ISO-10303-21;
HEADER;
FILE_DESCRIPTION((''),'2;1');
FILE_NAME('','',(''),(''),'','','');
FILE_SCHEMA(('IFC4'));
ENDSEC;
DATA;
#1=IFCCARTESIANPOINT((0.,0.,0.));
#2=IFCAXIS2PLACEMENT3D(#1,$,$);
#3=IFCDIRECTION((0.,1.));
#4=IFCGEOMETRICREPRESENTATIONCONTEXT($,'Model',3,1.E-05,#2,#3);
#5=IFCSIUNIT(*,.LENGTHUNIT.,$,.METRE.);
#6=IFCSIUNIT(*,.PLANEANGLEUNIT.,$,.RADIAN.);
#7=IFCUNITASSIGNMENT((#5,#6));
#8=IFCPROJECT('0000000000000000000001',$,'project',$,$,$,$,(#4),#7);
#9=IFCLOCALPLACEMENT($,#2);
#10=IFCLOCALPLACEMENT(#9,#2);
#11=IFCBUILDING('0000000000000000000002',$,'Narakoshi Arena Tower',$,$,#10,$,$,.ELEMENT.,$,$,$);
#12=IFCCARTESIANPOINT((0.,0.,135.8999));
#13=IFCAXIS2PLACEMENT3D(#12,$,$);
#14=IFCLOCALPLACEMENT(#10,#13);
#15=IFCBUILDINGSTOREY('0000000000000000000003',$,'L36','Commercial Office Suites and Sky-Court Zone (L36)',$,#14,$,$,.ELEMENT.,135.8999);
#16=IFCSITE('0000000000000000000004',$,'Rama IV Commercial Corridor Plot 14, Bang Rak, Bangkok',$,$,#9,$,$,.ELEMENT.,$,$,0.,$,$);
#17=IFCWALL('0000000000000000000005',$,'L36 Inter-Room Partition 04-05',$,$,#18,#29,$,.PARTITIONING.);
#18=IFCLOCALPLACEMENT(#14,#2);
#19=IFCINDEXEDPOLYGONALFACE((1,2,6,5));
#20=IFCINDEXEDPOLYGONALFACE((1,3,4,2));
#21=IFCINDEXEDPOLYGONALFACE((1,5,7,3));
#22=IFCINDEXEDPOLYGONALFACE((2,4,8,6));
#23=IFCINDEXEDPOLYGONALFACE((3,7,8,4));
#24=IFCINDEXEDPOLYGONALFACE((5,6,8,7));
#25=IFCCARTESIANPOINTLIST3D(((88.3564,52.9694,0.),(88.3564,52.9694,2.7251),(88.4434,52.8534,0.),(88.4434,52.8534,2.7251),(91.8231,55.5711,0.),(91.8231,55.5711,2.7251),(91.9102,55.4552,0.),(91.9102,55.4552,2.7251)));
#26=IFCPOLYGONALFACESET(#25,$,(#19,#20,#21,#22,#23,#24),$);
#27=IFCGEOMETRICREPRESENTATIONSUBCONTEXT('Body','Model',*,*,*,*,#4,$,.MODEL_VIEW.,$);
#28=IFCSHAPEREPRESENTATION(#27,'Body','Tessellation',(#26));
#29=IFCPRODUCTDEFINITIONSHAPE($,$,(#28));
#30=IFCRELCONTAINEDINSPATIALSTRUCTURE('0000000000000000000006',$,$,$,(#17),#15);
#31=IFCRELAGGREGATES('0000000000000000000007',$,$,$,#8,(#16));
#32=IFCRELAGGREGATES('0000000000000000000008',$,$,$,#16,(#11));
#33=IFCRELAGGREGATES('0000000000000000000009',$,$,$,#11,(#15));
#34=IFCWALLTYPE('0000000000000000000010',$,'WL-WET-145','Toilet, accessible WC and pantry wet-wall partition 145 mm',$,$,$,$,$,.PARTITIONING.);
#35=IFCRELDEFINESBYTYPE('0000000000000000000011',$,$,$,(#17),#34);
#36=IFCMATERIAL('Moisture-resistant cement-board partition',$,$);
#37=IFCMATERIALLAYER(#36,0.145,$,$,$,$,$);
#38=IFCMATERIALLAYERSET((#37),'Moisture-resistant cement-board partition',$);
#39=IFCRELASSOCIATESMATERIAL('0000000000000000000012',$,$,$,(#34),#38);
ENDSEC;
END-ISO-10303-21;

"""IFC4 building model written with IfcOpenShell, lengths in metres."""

from ifc_helpers import new_model, si_unit, direction, frame, frame_2d, origin, place, context, subcontext, project, spatial, rectangle, extrude, material, layer, layer_set, type_object, element, save


model = new_model("IFC4")

# Units and contexts
model_context = context("Model", 3, precision=1e-05, world=origin(), true_north=direction((0.0, 1.0)))
body_context = subcontext(model_context, "Body", "Model", "MODEL_VIEW")
ifc_project = project(units=[si_unit("LENGTHUNIT", "METRE"), si_unit("PLANEANGLEUNIT", "RADIAN")], contexts=[model_context])

# Site, building, storey
site_placement = place(None, origin())
site = spatial("IfcSite", under=ifc_project, at=site_placement, Name="Rama IV Commercial Corridor Plot 14, Bang Rak, Bangkok", CompositionType="ELEMENT", RefElevation=0.0)
building_placement = place(site_placement, origin())
building = spatial("IfcBuilding", under=site, at=building_placement, Name="Narakoshi Arena Tower", CompositionType="ELEMENT")
storey_placement = place(building_placement, frame((0.0, 0.0, 135.8999)))
storey = spatial("IfcBuildingStorey", under=building, at=storey_placement, Name="L36", Description="Commercial Office Suites and Sky-Court Zone (L36)", CompositionType="ELEMENT", Elevation=135.8999)

# Wall
ifc_material_1 = material(Name="Moisture-resistant cement-board partition")
ifc_layer_1 = layer(ifc_material_1, 0.145)
ifc_layer_set_1 = layer_set([ifc_layer_1], Name="Moisture-resistant cement-board partition")
wall_type_1 = type_object("IfcWallType", Name="WL-WET-145", Description="Toilet, accessible WC and pantry wet-wall partition 145 mm", PredefinedType="PARTITIONING", material=ifc_layer_set_1)
wall_1_placement = place(storey_placement, frame((88.3999, 52.9114, 0.0), z_axis=(0.0, 0.0, 1.0), x_axis=(0.799811, 0.600252, 0.0)))
element("IfcWall", 1, at=wall_1_placement, inside=storey, type_object=wall_type_1, Name="L36 Inter-Room Partition 04-05", PredefinedType="PARTITIONING", context=body_context, shape_type="SweptSolid", body=[
    extrude(rectangle(XDim=4.3345, YDim=0.145, at=frame_2d((2.1672, 0.0))), origin(), (0.0, 0.0, 1.0), 2.7251),
])

save(model, "model.ifc")
